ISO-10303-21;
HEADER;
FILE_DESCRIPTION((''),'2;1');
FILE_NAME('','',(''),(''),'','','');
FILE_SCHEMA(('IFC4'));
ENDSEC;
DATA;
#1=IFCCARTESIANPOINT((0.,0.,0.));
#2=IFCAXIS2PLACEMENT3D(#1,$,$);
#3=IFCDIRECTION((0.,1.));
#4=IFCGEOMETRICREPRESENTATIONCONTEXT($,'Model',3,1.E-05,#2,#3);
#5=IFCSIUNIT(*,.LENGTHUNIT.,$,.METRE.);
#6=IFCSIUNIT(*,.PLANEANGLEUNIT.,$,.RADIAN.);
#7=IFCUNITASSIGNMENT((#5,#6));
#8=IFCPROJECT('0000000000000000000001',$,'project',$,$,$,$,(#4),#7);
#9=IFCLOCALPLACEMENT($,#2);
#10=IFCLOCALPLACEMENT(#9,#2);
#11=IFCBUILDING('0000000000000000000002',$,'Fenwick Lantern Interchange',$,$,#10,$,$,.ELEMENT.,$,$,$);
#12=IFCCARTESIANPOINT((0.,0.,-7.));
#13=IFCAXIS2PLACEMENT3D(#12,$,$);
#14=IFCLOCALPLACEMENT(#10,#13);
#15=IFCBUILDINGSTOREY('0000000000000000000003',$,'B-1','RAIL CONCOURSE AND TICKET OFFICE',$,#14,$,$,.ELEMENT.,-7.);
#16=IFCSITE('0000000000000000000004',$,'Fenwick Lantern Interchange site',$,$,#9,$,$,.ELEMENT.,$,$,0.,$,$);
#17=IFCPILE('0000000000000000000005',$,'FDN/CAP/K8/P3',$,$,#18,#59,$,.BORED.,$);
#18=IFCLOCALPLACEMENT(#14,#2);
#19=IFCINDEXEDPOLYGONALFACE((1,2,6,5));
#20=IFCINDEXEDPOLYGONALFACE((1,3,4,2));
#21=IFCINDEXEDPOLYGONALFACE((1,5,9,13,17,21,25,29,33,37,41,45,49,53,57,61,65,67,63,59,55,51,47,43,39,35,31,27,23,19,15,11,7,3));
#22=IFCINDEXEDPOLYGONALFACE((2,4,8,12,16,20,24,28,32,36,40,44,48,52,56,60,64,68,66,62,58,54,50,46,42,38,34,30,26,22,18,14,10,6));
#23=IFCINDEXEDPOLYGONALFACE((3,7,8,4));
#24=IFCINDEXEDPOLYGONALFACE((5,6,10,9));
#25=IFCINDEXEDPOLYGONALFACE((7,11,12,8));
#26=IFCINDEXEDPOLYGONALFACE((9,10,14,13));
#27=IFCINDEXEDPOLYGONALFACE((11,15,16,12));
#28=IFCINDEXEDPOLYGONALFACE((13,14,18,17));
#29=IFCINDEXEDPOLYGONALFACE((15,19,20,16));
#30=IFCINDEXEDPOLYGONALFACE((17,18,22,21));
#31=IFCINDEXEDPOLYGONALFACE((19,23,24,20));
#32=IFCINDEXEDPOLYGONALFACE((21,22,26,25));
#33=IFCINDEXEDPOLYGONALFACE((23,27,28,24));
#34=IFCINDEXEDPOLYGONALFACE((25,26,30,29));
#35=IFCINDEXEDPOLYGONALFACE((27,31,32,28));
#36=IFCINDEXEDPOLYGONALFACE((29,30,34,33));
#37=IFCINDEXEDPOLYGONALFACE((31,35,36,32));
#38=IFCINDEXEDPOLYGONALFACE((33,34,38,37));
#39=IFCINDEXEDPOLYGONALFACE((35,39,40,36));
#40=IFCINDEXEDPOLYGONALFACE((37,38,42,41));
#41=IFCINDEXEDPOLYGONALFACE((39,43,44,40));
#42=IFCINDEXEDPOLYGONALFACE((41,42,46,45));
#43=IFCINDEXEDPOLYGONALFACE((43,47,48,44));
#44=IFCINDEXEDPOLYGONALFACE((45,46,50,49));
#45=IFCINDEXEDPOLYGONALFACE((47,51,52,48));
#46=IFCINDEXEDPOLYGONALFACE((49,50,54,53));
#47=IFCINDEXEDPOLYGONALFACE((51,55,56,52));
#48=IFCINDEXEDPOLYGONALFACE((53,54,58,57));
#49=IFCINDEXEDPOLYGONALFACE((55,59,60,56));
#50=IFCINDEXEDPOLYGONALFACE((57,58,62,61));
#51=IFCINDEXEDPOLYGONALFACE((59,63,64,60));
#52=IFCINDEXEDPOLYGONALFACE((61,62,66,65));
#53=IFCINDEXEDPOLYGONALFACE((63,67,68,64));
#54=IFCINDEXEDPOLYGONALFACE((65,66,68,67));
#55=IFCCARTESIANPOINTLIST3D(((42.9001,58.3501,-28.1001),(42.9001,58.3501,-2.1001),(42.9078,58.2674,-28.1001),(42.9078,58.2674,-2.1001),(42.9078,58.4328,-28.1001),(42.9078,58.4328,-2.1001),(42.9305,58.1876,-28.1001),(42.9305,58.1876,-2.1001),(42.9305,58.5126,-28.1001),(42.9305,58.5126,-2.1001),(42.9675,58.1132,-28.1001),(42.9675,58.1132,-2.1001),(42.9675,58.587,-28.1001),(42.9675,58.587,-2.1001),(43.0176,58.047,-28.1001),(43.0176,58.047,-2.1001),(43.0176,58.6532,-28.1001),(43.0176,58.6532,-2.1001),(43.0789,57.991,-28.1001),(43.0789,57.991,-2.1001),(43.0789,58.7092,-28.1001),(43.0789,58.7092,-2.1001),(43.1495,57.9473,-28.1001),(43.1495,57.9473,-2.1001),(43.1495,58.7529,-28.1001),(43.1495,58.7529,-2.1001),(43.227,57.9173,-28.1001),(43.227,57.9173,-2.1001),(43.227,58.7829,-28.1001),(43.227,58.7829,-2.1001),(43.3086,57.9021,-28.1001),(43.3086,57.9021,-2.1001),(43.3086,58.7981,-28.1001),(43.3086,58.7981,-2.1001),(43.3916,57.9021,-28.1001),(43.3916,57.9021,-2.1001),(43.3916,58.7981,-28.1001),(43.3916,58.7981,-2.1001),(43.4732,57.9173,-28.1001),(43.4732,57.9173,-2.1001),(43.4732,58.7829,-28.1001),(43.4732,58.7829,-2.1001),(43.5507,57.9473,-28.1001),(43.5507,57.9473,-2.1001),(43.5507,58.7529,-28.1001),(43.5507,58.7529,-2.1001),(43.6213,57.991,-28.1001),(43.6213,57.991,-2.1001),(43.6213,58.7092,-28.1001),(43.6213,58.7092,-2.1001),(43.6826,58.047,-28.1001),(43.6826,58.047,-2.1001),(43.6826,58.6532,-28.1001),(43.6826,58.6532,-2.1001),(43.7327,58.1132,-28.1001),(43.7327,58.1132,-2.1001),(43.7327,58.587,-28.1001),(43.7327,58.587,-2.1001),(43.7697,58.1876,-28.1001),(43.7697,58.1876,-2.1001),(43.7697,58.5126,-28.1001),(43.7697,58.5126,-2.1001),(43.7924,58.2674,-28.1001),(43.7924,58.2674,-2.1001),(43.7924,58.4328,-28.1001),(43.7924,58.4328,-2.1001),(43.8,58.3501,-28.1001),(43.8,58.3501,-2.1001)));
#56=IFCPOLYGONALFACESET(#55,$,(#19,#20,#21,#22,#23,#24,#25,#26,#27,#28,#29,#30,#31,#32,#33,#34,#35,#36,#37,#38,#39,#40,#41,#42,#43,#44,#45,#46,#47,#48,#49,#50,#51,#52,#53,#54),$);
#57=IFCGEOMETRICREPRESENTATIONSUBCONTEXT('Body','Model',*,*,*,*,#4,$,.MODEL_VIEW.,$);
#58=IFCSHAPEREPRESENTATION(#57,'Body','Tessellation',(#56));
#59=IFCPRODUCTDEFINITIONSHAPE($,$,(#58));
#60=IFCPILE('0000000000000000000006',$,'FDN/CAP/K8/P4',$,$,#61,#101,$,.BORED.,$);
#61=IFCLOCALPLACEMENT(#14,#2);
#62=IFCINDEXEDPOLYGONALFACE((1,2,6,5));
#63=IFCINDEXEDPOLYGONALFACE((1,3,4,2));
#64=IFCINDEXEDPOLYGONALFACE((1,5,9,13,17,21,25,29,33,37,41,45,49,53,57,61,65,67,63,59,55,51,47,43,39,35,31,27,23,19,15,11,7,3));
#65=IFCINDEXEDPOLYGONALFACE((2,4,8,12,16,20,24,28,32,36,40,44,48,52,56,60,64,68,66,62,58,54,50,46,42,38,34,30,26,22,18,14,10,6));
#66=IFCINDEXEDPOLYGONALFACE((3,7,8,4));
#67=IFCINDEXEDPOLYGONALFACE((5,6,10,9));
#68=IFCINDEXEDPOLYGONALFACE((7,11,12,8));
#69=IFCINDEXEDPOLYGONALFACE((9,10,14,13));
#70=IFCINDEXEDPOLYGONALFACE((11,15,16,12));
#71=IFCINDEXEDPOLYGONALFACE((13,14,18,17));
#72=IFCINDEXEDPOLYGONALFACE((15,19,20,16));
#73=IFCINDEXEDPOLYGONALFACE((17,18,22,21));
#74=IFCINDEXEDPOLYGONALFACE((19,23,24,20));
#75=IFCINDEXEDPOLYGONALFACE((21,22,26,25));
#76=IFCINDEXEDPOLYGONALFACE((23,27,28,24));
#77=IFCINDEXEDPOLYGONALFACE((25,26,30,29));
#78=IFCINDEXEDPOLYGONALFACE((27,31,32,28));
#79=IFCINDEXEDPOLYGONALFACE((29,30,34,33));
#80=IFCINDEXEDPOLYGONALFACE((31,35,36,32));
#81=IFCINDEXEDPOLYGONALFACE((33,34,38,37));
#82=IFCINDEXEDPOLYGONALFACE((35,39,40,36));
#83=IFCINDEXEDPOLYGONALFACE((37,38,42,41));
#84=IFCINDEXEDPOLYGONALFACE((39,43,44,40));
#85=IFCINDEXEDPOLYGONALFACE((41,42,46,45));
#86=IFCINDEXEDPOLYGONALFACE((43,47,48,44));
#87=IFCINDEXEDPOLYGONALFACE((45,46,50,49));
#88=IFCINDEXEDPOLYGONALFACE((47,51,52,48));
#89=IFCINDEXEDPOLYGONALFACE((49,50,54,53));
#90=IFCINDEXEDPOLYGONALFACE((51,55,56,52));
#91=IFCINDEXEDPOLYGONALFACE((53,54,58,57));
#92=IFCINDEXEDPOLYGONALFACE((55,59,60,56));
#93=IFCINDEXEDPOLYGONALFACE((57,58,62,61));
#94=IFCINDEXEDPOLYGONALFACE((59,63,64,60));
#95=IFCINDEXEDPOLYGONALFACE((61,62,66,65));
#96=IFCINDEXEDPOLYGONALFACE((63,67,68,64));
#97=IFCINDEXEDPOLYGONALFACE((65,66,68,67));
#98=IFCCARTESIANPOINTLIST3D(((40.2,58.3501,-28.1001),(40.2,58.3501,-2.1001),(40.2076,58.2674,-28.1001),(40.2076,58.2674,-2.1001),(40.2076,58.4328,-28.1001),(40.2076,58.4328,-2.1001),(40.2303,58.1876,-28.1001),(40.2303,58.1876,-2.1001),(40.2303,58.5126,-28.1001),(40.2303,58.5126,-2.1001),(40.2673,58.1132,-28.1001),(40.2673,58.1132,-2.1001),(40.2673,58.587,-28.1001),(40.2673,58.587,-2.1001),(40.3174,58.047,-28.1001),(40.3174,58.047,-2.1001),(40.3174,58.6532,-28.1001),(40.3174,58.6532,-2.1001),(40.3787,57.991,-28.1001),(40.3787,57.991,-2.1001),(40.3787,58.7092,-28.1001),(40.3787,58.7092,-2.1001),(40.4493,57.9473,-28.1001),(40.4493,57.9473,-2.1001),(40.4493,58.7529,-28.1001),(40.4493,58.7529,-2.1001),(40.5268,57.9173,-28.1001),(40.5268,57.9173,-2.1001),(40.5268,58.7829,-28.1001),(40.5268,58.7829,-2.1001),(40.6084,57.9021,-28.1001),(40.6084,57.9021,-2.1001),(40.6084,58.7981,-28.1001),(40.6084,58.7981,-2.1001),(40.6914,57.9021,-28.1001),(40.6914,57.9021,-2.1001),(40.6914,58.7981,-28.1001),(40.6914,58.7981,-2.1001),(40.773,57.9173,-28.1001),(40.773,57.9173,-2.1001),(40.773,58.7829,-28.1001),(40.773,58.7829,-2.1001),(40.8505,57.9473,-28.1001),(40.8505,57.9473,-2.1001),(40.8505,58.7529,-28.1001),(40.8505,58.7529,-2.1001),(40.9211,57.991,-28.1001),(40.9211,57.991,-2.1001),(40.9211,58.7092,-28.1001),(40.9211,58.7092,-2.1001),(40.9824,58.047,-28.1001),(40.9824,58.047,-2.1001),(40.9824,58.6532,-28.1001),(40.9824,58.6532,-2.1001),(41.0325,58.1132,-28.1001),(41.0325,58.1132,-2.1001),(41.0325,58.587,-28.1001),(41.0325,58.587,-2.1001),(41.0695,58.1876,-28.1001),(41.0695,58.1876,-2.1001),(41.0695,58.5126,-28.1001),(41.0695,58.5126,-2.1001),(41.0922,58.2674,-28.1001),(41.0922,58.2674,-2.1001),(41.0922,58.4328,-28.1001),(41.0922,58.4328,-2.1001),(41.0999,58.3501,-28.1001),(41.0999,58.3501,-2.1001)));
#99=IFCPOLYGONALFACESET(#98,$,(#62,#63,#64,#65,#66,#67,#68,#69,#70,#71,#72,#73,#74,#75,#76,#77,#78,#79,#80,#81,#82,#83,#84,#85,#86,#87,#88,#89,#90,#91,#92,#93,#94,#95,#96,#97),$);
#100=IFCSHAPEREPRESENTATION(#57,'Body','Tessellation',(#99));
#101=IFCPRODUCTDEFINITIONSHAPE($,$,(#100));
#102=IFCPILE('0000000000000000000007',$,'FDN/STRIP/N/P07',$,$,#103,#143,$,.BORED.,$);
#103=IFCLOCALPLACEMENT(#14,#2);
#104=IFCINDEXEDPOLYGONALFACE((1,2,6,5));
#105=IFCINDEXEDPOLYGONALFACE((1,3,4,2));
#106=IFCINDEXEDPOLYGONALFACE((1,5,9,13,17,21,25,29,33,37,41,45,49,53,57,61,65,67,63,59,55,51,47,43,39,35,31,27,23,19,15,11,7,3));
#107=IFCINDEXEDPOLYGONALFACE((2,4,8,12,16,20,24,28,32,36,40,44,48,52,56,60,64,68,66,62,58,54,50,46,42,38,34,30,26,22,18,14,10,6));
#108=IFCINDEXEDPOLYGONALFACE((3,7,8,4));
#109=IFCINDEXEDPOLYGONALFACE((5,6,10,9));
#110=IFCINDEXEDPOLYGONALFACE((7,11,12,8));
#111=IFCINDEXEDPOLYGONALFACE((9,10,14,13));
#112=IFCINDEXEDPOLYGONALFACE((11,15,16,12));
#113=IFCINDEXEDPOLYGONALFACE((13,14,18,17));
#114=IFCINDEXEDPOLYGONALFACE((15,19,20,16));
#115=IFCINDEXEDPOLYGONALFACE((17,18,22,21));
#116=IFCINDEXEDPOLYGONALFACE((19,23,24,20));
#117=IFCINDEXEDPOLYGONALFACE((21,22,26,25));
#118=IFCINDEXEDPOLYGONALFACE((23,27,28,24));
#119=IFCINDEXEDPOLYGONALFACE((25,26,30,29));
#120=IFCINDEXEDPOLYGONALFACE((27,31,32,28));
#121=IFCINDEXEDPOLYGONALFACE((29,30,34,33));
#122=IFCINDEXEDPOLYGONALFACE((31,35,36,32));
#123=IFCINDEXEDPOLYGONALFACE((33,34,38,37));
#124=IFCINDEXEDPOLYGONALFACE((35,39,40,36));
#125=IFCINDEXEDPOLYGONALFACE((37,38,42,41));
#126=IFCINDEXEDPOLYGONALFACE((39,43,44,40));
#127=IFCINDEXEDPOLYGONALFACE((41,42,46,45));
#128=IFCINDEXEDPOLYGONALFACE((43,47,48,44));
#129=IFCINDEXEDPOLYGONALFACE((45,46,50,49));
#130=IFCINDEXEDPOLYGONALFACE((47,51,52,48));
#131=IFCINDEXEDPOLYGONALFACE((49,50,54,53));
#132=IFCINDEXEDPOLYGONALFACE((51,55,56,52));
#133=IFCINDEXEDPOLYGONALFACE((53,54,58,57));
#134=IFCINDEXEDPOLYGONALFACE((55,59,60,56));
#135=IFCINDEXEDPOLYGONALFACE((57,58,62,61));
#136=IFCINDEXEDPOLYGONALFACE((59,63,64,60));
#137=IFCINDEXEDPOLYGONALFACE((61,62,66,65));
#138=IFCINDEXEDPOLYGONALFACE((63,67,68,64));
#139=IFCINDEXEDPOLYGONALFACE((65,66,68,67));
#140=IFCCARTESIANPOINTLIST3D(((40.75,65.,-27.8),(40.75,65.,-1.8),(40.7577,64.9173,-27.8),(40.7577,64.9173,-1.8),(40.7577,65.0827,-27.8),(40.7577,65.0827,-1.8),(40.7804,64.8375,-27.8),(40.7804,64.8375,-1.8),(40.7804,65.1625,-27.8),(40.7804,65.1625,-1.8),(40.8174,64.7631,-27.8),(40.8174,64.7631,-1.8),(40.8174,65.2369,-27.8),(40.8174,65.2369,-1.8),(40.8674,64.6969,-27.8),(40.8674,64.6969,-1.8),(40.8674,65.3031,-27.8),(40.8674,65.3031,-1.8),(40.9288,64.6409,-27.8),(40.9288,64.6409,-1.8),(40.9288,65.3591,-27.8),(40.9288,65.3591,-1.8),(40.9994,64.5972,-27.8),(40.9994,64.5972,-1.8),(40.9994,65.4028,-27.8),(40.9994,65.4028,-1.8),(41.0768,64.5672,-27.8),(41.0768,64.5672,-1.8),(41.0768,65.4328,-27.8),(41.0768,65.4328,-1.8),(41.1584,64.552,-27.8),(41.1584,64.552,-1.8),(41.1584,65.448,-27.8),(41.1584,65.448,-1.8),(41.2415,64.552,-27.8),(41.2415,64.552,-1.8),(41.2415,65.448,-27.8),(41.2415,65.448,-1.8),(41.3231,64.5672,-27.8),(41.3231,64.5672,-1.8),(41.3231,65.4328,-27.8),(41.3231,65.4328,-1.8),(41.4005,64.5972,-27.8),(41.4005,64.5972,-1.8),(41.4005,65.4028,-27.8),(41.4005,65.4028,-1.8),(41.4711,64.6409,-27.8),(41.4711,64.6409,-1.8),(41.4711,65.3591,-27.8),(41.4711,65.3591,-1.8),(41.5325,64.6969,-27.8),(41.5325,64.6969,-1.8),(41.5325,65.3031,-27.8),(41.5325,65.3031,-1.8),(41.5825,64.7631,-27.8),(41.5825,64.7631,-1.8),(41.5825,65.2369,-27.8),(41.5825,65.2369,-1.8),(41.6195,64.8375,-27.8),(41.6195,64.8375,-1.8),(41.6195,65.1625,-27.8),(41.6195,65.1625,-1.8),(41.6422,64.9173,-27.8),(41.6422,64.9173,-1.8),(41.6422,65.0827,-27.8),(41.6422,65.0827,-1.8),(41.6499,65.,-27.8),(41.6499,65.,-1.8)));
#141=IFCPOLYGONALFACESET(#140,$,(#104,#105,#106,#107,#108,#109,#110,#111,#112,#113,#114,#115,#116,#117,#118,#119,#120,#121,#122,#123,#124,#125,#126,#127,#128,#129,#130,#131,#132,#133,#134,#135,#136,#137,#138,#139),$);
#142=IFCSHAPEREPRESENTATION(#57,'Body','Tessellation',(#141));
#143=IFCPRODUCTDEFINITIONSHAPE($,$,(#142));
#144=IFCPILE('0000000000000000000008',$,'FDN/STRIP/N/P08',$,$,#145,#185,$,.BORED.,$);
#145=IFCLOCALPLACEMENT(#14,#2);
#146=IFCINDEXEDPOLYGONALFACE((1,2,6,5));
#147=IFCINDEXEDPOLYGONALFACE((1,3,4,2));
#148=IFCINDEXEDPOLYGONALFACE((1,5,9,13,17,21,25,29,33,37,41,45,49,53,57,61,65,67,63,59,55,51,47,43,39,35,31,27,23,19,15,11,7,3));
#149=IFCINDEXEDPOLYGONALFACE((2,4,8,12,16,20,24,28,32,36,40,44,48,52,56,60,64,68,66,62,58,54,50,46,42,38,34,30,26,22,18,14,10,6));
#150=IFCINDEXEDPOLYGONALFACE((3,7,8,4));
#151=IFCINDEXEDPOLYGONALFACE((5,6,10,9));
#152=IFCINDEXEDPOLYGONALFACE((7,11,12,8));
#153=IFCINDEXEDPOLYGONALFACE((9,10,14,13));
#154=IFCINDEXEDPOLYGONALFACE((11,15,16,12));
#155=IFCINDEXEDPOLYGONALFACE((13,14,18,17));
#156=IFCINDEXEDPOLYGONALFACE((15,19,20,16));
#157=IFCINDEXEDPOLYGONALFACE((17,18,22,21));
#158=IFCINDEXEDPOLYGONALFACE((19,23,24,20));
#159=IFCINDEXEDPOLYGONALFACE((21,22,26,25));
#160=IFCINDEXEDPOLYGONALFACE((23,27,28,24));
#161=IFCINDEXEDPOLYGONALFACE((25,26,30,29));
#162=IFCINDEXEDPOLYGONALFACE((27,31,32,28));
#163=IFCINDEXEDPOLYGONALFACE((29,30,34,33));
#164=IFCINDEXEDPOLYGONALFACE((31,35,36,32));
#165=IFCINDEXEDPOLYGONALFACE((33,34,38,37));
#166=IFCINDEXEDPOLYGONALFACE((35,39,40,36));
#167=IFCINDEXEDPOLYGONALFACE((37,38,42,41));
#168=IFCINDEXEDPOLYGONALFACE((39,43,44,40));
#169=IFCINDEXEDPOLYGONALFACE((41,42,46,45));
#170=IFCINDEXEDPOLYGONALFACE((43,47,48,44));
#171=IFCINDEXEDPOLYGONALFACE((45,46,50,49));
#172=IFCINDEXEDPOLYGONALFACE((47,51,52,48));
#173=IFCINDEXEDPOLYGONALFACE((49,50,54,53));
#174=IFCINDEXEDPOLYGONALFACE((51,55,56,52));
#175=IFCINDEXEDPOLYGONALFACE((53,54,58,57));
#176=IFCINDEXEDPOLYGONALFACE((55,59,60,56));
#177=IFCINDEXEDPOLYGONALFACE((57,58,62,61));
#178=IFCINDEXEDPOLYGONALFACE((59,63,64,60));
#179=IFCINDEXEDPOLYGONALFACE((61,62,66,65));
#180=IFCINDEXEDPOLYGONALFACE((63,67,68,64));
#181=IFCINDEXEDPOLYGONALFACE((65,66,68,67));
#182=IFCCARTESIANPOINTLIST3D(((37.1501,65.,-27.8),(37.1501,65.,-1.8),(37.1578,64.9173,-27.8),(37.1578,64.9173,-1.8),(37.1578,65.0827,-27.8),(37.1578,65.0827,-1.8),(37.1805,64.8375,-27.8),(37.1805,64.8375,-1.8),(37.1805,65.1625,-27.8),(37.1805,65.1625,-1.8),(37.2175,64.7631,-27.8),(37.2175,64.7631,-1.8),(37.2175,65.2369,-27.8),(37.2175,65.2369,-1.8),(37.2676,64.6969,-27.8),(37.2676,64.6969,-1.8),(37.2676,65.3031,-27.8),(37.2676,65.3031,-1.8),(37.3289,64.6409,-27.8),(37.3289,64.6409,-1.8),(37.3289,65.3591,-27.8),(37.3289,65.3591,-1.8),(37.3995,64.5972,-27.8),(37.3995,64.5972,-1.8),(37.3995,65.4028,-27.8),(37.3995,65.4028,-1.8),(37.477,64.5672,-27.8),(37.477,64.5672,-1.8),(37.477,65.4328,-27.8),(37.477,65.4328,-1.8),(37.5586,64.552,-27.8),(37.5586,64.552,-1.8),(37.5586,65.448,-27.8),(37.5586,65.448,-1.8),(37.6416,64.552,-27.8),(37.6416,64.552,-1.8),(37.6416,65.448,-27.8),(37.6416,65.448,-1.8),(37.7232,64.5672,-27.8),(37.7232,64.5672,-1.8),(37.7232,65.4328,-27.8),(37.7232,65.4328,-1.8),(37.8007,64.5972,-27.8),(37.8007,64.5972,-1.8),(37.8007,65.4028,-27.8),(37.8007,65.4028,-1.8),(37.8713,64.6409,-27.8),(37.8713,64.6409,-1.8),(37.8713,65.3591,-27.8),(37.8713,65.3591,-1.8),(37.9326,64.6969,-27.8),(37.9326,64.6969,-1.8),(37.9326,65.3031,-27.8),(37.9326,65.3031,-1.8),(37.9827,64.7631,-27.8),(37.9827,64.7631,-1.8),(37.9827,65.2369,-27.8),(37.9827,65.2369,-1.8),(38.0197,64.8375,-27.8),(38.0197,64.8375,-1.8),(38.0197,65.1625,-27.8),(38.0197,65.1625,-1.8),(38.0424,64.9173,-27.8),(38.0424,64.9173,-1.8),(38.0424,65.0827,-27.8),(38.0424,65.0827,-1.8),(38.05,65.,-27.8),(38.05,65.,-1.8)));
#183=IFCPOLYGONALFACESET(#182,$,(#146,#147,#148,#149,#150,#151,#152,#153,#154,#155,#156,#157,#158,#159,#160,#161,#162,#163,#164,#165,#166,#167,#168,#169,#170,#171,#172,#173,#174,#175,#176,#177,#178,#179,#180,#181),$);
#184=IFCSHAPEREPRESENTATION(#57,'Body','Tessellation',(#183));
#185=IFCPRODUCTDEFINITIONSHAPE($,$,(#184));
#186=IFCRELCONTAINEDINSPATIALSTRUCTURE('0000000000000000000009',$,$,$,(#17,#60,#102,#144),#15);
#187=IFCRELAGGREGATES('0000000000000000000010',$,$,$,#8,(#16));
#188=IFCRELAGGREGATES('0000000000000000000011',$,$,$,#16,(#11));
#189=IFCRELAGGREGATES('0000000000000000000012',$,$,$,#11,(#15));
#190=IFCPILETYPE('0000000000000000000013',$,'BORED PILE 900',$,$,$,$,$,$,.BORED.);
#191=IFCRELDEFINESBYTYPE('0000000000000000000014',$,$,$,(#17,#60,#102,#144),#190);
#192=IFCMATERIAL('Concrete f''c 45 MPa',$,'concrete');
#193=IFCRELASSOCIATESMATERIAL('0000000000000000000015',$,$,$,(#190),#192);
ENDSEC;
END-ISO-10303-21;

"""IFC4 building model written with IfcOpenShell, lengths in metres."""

from ifc_helpers import new_model, si_unit, direction, frame, origin, origin_2d, place, context, subcontext, project, spatial, circle, extrude, material, type_object, element, save


model = new_model("IFC4")

# Units and contexts
model_context = context("Model", 3, precision=1e-05, world=origin(), true_north=direction((0.0, 1.0)))
body_context = subcontext(model_context, "Body", "Model", "MODEL_VIEW")
ifc_project = project(units=[si_unit("LENGTHUNIT", "METRE"), si_unit("PLANEANGLEUNIT", "RADIAN")], contexts=[model_context])

# Site, building, storey
site_placement = place(None, origin())
site = spatial("IfcSite", under=ifc_project, at=site_placement, Name="Fenwick Lantern Interchange site", CompositionType="ELEMENT", RefElevation=0.0)
building_placement = place(site_placement, origin())
building = spatial("IfcBuilding", under=site, at=building_placement, Name="Fenwick Lantern Interchange", CompositionType="ELEMENT")
storey_placement = place(building_placement, frame((0.0, 0.0, -7.0)))
storey = spatial("IfcBuildingStorey", under=building, at=storey_placement, Name="B-1", Description="RAIL CONCOURSE AND TICKET OFFICE", CompositionType="ELEMENT", Elevation=-7.0)

# Piles
ifc_material_1 = material(Name="Concrete f'c 45 MPa", Category="concrete")
pile_type_1 = type_object("IfcPileType", Name="BORED PILE 900", PredefinedType="BORED", material=ifc_material_1)
for number, where, z_axis, x_axis, name in (
    (1, (43.3501, 58.3501, -2.1001), (0.0, 0.0, -1.0), (1.0, 0.0, 0.0), "FDN/CAP/K8/P3"),
    (2, (40.6499, 58.3501, -2.1001), (0.0, 0.0, -1.0), (1.0, 0.0, 0.0), "FDN/CAP/K8/P4"),
    (3, (41.2, 65.0, -1.8), (0.0, 0.0, -1.0), (1.0, 0.0, 0.0), "FDN/STRIP/N/P07"),
    (4, (37.6001, 65.0, -1.8), (0.0, 0.0, -1.0), (1.0, 0.0, 0.0), "FDN/STRIP/N/P08"),
):
    element("IfcPile", number, at=place(storey_placement, frame(where, z_axis=z_axis, x_axis=x_axis)), inside=storey, type_object=pile_type_1, Name=name, PredefinedType="BORED", context=body_context, shape_type="SweptSolid", body=[
        extrude(circle(Radius=0.45, at=origin_2d()), origin(), (0.0, 0.0, 1.0), 26.0),
    ])

save(model, "model.ifc")
